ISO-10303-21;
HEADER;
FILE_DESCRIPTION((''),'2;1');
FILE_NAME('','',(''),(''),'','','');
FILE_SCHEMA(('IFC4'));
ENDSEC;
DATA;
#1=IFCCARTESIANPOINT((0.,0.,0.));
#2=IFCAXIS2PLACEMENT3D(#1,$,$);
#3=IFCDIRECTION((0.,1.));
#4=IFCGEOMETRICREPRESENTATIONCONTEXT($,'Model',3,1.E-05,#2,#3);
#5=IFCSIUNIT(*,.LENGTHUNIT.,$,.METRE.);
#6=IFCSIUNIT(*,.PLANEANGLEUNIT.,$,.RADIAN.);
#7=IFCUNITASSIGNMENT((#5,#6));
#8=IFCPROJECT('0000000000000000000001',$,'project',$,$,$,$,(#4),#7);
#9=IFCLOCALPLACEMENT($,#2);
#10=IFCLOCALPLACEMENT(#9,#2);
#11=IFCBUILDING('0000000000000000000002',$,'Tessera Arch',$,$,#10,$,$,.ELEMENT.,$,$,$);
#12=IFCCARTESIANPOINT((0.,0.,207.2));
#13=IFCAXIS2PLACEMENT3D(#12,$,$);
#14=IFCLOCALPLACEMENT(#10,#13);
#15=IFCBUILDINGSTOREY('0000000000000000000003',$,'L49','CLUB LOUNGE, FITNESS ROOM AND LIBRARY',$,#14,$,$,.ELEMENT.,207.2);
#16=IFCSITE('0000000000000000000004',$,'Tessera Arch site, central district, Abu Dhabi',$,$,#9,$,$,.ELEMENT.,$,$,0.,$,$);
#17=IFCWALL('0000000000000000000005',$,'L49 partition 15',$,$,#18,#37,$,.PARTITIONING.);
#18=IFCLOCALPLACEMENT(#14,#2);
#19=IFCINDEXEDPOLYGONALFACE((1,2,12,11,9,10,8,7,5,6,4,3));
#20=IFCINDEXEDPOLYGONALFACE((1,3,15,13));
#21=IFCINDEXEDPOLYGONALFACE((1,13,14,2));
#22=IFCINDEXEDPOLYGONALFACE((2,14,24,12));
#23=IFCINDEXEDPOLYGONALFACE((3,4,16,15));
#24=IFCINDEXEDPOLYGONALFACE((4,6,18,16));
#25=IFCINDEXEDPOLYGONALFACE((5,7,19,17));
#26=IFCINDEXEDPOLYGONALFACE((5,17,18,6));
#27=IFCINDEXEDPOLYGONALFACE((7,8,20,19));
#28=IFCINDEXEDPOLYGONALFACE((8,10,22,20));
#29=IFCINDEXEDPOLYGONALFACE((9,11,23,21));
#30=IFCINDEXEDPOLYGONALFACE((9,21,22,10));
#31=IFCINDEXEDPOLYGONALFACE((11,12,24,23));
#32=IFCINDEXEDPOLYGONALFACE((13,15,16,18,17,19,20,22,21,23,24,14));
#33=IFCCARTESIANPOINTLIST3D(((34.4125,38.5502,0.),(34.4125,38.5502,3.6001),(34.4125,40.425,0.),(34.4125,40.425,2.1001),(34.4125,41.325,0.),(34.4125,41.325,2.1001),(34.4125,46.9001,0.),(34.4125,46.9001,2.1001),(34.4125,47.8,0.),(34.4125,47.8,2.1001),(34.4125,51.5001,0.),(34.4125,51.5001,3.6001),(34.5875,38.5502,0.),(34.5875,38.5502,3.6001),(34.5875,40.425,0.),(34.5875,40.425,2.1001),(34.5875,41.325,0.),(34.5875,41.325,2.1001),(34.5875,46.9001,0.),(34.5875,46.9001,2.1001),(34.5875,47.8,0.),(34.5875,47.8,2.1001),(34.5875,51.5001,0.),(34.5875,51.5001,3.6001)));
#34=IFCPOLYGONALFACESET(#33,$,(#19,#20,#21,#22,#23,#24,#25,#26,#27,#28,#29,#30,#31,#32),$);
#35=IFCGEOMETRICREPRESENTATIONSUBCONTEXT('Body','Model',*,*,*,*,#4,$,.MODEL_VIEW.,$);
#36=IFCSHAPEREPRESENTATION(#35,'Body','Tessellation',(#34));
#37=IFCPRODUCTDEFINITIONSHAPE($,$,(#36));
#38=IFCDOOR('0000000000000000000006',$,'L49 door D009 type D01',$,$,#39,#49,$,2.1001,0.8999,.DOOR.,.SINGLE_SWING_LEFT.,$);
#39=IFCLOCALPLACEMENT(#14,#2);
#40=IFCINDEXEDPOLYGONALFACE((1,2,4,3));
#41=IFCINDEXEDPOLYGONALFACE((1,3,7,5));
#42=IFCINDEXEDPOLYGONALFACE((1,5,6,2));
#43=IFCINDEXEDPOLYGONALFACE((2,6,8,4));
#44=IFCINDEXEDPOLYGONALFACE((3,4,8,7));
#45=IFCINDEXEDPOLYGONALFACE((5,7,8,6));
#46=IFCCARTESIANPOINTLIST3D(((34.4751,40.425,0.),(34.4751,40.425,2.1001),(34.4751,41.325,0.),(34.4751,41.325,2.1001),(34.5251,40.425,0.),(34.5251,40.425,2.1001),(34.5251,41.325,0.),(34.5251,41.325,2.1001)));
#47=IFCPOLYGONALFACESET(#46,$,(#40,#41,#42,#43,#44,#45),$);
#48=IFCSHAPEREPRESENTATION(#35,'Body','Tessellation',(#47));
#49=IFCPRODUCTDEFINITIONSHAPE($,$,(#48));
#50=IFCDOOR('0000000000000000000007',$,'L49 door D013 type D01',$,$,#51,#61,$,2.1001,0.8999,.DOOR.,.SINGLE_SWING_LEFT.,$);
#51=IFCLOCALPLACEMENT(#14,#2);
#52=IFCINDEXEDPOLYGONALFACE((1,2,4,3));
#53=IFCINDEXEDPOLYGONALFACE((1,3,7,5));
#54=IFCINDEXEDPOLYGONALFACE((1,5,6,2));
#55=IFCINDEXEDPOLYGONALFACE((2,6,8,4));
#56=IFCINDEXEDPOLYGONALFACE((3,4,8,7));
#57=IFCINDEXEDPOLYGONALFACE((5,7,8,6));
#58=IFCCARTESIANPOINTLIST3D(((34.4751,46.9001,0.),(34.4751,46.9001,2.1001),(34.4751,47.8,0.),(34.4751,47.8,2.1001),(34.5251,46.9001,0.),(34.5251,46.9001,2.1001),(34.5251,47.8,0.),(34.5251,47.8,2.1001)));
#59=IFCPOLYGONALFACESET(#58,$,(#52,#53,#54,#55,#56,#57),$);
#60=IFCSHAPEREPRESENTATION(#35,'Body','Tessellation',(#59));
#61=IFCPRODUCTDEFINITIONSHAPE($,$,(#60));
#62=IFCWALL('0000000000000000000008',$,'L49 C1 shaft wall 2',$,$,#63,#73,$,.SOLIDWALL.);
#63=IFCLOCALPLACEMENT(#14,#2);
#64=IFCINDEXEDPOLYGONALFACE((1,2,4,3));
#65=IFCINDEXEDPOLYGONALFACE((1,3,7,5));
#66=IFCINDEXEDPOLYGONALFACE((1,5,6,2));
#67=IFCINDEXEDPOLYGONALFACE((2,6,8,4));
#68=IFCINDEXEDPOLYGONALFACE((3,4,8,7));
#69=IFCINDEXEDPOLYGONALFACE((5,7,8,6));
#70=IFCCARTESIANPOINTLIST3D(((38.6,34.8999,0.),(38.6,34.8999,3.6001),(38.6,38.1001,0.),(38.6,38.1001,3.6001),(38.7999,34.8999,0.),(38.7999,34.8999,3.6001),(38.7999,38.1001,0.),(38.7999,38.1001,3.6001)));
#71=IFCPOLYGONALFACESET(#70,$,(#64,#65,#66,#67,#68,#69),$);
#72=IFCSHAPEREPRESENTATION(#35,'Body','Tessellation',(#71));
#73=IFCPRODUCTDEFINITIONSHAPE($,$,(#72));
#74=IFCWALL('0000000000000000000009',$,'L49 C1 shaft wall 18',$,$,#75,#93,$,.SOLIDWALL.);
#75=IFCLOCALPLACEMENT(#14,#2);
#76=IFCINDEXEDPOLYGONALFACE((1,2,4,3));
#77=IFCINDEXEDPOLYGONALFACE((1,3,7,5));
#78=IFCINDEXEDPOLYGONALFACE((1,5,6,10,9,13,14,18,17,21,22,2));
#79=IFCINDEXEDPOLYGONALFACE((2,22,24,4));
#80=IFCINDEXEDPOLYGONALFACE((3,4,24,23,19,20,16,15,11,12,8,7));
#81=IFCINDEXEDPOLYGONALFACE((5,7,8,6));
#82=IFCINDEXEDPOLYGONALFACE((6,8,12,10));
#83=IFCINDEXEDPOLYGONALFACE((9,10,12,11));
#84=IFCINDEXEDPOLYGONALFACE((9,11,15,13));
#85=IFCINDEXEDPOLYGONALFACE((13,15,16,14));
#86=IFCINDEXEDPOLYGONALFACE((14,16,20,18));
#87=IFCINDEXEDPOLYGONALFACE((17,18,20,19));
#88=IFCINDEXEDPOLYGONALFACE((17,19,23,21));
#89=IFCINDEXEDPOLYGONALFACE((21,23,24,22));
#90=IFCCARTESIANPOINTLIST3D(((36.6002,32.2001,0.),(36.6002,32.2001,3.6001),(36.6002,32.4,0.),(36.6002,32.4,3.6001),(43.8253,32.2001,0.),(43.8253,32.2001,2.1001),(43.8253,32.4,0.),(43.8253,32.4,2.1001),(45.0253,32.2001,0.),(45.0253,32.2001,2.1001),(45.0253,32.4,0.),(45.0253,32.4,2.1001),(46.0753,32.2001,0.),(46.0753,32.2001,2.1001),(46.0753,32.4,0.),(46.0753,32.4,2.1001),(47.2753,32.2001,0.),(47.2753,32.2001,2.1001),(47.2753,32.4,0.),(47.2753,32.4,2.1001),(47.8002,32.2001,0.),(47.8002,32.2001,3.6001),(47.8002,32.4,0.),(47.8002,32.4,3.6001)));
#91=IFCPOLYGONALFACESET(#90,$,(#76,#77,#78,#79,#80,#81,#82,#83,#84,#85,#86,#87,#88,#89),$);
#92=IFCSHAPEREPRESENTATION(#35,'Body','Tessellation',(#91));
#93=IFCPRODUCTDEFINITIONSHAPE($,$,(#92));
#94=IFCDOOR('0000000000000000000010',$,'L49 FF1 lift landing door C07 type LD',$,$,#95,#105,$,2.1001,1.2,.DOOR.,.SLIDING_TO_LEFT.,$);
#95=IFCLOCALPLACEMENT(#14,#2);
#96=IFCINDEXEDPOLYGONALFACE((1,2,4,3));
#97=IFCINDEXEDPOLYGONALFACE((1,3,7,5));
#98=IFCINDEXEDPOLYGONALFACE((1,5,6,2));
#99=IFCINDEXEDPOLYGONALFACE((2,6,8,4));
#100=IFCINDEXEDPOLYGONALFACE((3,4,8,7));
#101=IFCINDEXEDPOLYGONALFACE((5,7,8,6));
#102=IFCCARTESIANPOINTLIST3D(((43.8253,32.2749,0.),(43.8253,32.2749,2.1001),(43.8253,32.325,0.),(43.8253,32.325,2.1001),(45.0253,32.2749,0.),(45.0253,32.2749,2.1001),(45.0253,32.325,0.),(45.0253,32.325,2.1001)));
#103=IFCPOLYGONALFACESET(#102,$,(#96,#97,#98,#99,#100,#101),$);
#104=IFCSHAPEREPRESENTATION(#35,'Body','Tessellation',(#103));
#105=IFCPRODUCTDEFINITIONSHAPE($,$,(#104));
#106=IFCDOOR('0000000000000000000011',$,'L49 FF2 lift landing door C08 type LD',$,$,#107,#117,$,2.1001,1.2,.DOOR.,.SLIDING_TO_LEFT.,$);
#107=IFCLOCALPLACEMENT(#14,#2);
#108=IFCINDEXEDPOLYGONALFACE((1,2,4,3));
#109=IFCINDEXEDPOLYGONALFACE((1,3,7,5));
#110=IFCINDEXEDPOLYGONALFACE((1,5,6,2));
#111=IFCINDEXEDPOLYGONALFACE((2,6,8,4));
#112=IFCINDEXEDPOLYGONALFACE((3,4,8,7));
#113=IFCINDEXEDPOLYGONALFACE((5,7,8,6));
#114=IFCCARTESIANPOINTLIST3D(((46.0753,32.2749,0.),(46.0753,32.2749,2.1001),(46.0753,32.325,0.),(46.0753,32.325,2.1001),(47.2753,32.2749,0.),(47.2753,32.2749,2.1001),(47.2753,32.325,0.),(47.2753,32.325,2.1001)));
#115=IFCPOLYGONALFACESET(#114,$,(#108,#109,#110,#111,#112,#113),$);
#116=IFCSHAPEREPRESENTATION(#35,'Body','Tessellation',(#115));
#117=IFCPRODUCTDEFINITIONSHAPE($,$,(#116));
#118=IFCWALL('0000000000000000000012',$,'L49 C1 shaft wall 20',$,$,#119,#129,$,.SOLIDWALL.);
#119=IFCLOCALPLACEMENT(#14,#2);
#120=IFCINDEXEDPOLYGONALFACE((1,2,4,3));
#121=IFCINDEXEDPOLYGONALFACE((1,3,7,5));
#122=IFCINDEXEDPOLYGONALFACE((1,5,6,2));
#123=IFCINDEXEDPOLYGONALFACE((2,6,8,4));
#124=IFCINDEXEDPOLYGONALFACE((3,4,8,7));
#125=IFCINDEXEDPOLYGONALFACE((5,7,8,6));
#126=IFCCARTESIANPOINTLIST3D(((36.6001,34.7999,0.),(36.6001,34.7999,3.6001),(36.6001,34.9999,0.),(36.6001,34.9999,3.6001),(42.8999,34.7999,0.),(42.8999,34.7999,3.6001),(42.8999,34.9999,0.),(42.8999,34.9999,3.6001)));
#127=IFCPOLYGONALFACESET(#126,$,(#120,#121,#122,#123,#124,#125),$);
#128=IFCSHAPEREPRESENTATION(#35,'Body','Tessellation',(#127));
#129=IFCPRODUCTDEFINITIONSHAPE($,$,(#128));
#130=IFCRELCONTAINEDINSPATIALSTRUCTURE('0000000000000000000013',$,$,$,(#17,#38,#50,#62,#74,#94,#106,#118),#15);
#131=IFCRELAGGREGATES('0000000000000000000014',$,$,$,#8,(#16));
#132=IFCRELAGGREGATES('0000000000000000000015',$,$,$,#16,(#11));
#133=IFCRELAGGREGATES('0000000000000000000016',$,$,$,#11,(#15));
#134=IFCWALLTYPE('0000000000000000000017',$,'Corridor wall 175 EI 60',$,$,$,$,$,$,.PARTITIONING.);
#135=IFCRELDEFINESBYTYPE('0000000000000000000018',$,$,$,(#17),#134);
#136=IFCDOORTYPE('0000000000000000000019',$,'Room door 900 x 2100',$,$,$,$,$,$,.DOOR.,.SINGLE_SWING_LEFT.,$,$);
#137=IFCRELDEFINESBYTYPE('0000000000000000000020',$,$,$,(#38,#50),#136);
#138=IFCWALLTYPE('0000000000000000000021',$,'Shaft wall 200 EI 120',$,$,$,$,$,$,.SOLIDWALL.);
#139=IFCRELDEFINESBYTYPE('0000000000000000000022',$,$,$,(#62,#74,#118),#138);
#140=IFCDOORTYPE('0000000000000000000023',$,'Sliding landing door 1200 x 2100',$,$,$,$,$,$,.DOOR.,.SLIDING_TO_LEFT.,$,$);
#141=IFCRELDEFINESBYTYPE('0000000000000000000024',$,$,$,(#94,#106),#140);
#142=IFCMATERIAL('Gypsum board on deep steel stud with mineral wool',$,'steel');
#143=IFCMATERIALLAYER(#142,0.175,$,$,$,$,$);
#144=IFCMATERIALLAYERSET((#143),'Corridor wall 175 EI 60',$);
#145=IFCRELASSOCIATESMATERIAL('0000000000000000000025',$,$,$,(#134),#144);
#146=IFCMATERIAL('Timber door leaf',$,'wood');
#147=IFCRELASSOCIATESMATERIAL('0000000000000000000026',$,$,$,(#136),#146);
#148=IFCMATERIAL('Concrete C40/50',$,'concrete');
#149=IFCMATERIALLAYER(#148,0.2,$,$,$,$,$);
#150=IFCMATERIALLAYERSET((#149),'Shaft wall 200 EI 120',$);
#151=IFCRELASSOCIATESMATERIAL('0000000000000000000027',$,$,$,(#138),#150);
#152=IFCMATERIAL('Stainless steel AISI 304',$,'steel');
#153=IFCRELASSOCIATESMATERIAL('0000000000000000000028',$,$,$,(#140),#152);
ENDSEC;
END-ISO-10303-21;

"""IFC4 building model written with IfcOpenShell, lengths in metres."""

from ifc_helpers import new_model, si_unit, direction, frame, frame_2d, origin, place, context, subcontext, project, spatial, rectangle, extrude, material, layer, layer_set, type_object, element, fill, save


model = new_model("IFC4")

# Units and contexts
model_context = context("Model", 3, precision=1e-05, world=origin(), true_north=direction((0.0, 1.0)))
body_context = subcontext(model_context, "Body", "Model", "MODEL_VIEW")
ifc_project = project(units=[si_unit("LENGTHUNIT", "METRE"), si_unit("PLANEANGLEUNIT", "RADIAN")], contexts=[model_context])

# Site, building, storey
site_placement = place(None, origin())
site = spatial("IfcSite", under=ifc_project, at=site_placement, Name="Tessera Arch site, central district, Abu Dhabi", CompositionType="ELEMENT", RefElevation=0.0)
building_placement = place(site_placement, origin())
building = spatial("IfcBuilding", under=site, at=building_placement, Name="Tessera Arch", CompositionType="ELEMENT")
storey_placement = place(building_placement, frame((0.0, 0.0, 207.2)))
storey = spatial("IfcBuildingStorey", under=building, at=storey_placement, Name="L49", Description="CLUB LOUNGE, FITNESS ROOM AND LIBRARY", CompositionType="ELEMENT", Elevation=207.2)

# Wall, openings, doors
ifc_material_1 = material(Name="Gypsum board on deep steel stud with mineral wool", Category="steel")
ifc_layer_1 = layer(ifc_material_1, 0.175)
ifc_layer_set_1 = layer_set([ifc_layer_1], Name="Corridor wall 175 EI 60")
wall_type_1 = type_object("IfcWallType", Name="Corridor wall 175 EI 60", PredefinedType="PARTITIONING", material=ifc_layer_set_1)
wall_1_placement = place(storey_placement, frame((34.5, 38.55, 0.0), z_axis=(0.0, 0.0, 1.0), x_axis=(0.0, 1.0, 0.0)))
wall_1 = element("IfcWall", 1, at=wall_1_placement, inside=storey, type_object=wall_type_1, Name="L49 partition 15", PredefinedType="PARTITIONING", context=body_context, shape_type="SweptSolid", body=[
    extrude(rectangle(XDim=12.95, YDim=0.175, at=frame_2d((6.4751, 0.0))), origin(), (0.0, 0.0, 1.0), 3.6001),
])
opening_1_placement = place(wall_1_placement, frame((1.875, 0.0, 0.0)))
opening_1 = element("IfcOpeningElement", 2, at=opening_1_placement, cuts=wall_1, PredefinedType="OPENING", context=body_context, shape_type="SweptSolid", body=[
    extrude(rectangle(XDim=0.8999, YDim=2.1001, at=frame_2d((0.45, 1.05))), frame((0.0, 0.0974, 0.0), z_axis=(0.0, -1.0, 0.0), x_axis=(1.0, 0.0, 0.0)), (0.0, 0.0, 1.0), 0.1951),
])
opening_2_placement = place(wall_1_placement, frame((8.3501, 0.0, 0.0)))
opening_2 = element("IfcOpeningElement", 3, at=opening_2_placement, cuts=wall_1, PredefinedType="OPENING", context=body_context, shape_type="SweptSolid", body=[
    extrude(rectangle(XDim=0.8999, YDim=2.1001, at=frame_2d((0.45, 1.05))), frame((0.0, 0.0974, 0.0), z_axis=(0.0, -1.0, 0.0), x_axis=(1.0, 0.0, 0.0)), (0.0, 0.0, 1.0), 0.1951),
])
ifc_material_2 = material(Name="Timber door leaf", Category="wood")
door_type_1 = type_object("IfcDoorType", Name="Room door 900 x 2100", OperationType="SINGLE_SWING_LEFT", PredefinedType="DOOR", material=ifc_material_2)
door_1_placement = place(opening_1_placement, origin())
door_1 = element("IfcDoor", 4, at=door_1_placement, inside=storey, type_object=door_type_1, Name="L49 door D009 type D01", OperationType="SINGLE_SWING_LEFT", OverallHeight=2.1001, OverallWidth=0.8999, PredefinedType="DOOR", context=body_context, shape_type="SweptSolid", body=[
    extrude(rectangle(XDim=0.8999, YDim=2.1001, at=frame_2d((0.45, 1.05))), frame((0.0, 0.0249, 0.0), z_axis=(0.0, -1.0, 0.0), x_axis=(1.0, 0.0, 0.0)), (0.0, 0.0, 1.0), 0.05),
])
fill(opening_1, door_1)
door_2_placement = place(opening_2_placement, origin())
door_2 = element("IfcDoor", 5, at=door_2_placement, inside=storey, type_object=door_type_1, Name="L49 door D013 type D01", OperationType="SINGLE_SWING_LEFT", OverallHeight=2.1001, OverallWidth=0.8999, PredefinedType="DOOR", context=body_context, shape_type="SweptSolid", body=[
    extrude(rectangle(XDim=0.8999, YDim=2.1001, at=frame_2d((0.45, 1.05))), frame((0.0, 0.0249, 0.0), z_axis=(0.0, -1.0, 0.0), x_axis=(1.0, 0.0, 0.0)), (0.0, 0.0, 1.0), 0.05),
])
fill(opening_2, door_2)

# Wall
ifc_material_3 = material(Name="Concrete C40/50", Category="concrete")
ifc_layer_2 = layer(ifc_material_3, 0.2)
ifc_layer_set_2 = layer_set([ifc_layer_2], Name="Shaft wall 200 EI 120")
wall_type_2 = type_object("IfcWallType", Name="Shaft wall 200 EI 120", PredefinedType="SOLIDWALL", material=ifc_layer_set_2)
wall_2_placement = place(storey_placement, frame((38.7, 34.8999, 0.0), z_axis=(0.0, 0.0, 1.0), x_axis=(0.0, 1.0, 0.0)))
element("IfcWall", 6, at=wall_2_placement, inside=storey, type_object=wall_type_2, Name="L49 C1 shaft wall 2", PredefinedType="SOLIDWALL", context=body_context, shape_type="SweptSolid", body=[
    extrude(rectangle(XDim=3.2002, YDim=0.2, at=frame_2d((1.6001, 0.0))), origin(), (0.0, 0.0, 1.0), 3.6001),
])

# Wall, openings, doors
wall_3_placement = place(storey_placement, frame((36.6001, 32.3, 0.0), z_axis=(0.0, 0.0, 1.0), x_axis=(1.0, 0.0, 0.0)))
wall_3 = element("IfcWall", 7, at=wall_3_placement, inside=storey, type_object=wall_type_2, Name="L49 C1 shaft wall 18", PredefinedType="SOLIDWALL", context=body_context, shape_type="SweptSolid", body=[
    extrude(rectangle(XDim=11.2, YDim=0.2, at=frame_2d((5.6001, 0.0))), origin(), (0.0, 0.0, 1.0), 3.6001),
])
opening_3_placement = place(wall_3_placement, frame((7.2251, 0.0, 0.0)))
opening_3 = element("IfcOpeningElement", 8, at=opening_3_placement, cuts=wall_3, PredefinedType="OPENING", context=body_context, shape_type="SweptSolid", body=[
    extrude(rectangle(XDim=1.2, YDim=2.1001, at=frame_2d((0.6001, 1.05))), frame((0.0, 0.1099, 0.0), z_axis=(0.0, -1.0, 0.0), x_axis=(1.0, 0.0, 0.0)), (0.0, 0.0, 1.0), 0.22),
])
opening_4_placement = place(wall_3_placement, frame((9.4751, 0.0, 0.0)))
opening_4 = element("IfcOpeningElement", 9, at=opening_4_placement, cuts=wall_3, PredefinedType="OPENING", context=body_context, shape_type="SweptSolid", body=[
    extrude(rectangle(XDim=1.2, YDim=2.1001, at=frame_2d((0.6001, 1.05))), frame((0.0, 0.1099, 0.0), z_axis=(0.0, -1.0, 0.0), x_axis=(1.0, 0.0, 0.0)), (0.0, 0.0, 1.0), 0.22),
])
ifc_material_4 = material(Name="Stainless steel AISI 304", Category="steel")
door_type_2 = type_object("IfcDoorType", Name="Sliding landing door 1200 x 2100", OperationType="SLIDING_TO_LEFT", PredefinedType="DOOR", material=ifc_material_4)
door_3_placement = place(opening_3_placement, origin())
door_3 = element("IfcDoor", 10, at=door_3_placement, inside=storey, type_object=door_type_2, Name="L49 FF1 lift landing door C07 type LD", OperationType="SLIDING_TO_LEFT", OverallHeight=2.1001, OverallWidth=1.2, PredefinedType="DOOR", context=body_context, shape_type="SweptSolid", body=[
    extrude(rectangle(XDim=1.2, YDim=2.1001, at=frame_2d((0.6001, 1.05))), frame((0.0, 0.0249, 0.0), z_axis=(0.0, -1.0, 0.0), x_axis=(1.0, 0.0, 0.0)), (0.0, 0.0, 1.0), 0.05),
])
fill(opening_3, door_3)
door_4_placement = place(opening_4_placement, origin())
door_4 = element("IfcDoor", 11, at=door_4_placement, inside=storey, type_object=door_type_2, Name="L49 FF2 lift landing door C08 type LD", OperationType="SLIDING_TO_LEFT", OverallHeight=2.1001, OverallWidth=1.2, PredefinedType="DOOR", context=body_context, shape_type="SweptSolid", body=[
    extrude(rectangle(XDim=1.2, YDim=2.1001, at=frame_2d((0.6001, 1.05))), frame((0.0, 0.0249, 0.0), z_axis=(0.0, -1.0, 0.0), x_axis=(1.0, 0.0, 0.0)), (0.0, 0.0, 1.0), 0.05),
])
fill(opening_4, door_4)

# Wall
wall_4_placement = place(storey_placement, frame((36.6001, 34.8999, 0.0), z_axis=(0.0, 0.0, 1.0), x_axis=(1.0, 0.0, 0.0)))
element("IfcWall", 12, at=wall_4_placement, inside=storey, type_object=wall_type_2, Name="L49 C1 shaft wall 20", PredefinedType="SOLIDWALL", context=body_context, shape_type="SweptSolid", body=[
    extrude(rectangle(XDim=6.2998, YDim=0.2, at=frame_2d((3.1499, 0.0))), origin(), (0.0, 0.0, 1.0), 3.6001),
])

save(model, "model.ifc")
